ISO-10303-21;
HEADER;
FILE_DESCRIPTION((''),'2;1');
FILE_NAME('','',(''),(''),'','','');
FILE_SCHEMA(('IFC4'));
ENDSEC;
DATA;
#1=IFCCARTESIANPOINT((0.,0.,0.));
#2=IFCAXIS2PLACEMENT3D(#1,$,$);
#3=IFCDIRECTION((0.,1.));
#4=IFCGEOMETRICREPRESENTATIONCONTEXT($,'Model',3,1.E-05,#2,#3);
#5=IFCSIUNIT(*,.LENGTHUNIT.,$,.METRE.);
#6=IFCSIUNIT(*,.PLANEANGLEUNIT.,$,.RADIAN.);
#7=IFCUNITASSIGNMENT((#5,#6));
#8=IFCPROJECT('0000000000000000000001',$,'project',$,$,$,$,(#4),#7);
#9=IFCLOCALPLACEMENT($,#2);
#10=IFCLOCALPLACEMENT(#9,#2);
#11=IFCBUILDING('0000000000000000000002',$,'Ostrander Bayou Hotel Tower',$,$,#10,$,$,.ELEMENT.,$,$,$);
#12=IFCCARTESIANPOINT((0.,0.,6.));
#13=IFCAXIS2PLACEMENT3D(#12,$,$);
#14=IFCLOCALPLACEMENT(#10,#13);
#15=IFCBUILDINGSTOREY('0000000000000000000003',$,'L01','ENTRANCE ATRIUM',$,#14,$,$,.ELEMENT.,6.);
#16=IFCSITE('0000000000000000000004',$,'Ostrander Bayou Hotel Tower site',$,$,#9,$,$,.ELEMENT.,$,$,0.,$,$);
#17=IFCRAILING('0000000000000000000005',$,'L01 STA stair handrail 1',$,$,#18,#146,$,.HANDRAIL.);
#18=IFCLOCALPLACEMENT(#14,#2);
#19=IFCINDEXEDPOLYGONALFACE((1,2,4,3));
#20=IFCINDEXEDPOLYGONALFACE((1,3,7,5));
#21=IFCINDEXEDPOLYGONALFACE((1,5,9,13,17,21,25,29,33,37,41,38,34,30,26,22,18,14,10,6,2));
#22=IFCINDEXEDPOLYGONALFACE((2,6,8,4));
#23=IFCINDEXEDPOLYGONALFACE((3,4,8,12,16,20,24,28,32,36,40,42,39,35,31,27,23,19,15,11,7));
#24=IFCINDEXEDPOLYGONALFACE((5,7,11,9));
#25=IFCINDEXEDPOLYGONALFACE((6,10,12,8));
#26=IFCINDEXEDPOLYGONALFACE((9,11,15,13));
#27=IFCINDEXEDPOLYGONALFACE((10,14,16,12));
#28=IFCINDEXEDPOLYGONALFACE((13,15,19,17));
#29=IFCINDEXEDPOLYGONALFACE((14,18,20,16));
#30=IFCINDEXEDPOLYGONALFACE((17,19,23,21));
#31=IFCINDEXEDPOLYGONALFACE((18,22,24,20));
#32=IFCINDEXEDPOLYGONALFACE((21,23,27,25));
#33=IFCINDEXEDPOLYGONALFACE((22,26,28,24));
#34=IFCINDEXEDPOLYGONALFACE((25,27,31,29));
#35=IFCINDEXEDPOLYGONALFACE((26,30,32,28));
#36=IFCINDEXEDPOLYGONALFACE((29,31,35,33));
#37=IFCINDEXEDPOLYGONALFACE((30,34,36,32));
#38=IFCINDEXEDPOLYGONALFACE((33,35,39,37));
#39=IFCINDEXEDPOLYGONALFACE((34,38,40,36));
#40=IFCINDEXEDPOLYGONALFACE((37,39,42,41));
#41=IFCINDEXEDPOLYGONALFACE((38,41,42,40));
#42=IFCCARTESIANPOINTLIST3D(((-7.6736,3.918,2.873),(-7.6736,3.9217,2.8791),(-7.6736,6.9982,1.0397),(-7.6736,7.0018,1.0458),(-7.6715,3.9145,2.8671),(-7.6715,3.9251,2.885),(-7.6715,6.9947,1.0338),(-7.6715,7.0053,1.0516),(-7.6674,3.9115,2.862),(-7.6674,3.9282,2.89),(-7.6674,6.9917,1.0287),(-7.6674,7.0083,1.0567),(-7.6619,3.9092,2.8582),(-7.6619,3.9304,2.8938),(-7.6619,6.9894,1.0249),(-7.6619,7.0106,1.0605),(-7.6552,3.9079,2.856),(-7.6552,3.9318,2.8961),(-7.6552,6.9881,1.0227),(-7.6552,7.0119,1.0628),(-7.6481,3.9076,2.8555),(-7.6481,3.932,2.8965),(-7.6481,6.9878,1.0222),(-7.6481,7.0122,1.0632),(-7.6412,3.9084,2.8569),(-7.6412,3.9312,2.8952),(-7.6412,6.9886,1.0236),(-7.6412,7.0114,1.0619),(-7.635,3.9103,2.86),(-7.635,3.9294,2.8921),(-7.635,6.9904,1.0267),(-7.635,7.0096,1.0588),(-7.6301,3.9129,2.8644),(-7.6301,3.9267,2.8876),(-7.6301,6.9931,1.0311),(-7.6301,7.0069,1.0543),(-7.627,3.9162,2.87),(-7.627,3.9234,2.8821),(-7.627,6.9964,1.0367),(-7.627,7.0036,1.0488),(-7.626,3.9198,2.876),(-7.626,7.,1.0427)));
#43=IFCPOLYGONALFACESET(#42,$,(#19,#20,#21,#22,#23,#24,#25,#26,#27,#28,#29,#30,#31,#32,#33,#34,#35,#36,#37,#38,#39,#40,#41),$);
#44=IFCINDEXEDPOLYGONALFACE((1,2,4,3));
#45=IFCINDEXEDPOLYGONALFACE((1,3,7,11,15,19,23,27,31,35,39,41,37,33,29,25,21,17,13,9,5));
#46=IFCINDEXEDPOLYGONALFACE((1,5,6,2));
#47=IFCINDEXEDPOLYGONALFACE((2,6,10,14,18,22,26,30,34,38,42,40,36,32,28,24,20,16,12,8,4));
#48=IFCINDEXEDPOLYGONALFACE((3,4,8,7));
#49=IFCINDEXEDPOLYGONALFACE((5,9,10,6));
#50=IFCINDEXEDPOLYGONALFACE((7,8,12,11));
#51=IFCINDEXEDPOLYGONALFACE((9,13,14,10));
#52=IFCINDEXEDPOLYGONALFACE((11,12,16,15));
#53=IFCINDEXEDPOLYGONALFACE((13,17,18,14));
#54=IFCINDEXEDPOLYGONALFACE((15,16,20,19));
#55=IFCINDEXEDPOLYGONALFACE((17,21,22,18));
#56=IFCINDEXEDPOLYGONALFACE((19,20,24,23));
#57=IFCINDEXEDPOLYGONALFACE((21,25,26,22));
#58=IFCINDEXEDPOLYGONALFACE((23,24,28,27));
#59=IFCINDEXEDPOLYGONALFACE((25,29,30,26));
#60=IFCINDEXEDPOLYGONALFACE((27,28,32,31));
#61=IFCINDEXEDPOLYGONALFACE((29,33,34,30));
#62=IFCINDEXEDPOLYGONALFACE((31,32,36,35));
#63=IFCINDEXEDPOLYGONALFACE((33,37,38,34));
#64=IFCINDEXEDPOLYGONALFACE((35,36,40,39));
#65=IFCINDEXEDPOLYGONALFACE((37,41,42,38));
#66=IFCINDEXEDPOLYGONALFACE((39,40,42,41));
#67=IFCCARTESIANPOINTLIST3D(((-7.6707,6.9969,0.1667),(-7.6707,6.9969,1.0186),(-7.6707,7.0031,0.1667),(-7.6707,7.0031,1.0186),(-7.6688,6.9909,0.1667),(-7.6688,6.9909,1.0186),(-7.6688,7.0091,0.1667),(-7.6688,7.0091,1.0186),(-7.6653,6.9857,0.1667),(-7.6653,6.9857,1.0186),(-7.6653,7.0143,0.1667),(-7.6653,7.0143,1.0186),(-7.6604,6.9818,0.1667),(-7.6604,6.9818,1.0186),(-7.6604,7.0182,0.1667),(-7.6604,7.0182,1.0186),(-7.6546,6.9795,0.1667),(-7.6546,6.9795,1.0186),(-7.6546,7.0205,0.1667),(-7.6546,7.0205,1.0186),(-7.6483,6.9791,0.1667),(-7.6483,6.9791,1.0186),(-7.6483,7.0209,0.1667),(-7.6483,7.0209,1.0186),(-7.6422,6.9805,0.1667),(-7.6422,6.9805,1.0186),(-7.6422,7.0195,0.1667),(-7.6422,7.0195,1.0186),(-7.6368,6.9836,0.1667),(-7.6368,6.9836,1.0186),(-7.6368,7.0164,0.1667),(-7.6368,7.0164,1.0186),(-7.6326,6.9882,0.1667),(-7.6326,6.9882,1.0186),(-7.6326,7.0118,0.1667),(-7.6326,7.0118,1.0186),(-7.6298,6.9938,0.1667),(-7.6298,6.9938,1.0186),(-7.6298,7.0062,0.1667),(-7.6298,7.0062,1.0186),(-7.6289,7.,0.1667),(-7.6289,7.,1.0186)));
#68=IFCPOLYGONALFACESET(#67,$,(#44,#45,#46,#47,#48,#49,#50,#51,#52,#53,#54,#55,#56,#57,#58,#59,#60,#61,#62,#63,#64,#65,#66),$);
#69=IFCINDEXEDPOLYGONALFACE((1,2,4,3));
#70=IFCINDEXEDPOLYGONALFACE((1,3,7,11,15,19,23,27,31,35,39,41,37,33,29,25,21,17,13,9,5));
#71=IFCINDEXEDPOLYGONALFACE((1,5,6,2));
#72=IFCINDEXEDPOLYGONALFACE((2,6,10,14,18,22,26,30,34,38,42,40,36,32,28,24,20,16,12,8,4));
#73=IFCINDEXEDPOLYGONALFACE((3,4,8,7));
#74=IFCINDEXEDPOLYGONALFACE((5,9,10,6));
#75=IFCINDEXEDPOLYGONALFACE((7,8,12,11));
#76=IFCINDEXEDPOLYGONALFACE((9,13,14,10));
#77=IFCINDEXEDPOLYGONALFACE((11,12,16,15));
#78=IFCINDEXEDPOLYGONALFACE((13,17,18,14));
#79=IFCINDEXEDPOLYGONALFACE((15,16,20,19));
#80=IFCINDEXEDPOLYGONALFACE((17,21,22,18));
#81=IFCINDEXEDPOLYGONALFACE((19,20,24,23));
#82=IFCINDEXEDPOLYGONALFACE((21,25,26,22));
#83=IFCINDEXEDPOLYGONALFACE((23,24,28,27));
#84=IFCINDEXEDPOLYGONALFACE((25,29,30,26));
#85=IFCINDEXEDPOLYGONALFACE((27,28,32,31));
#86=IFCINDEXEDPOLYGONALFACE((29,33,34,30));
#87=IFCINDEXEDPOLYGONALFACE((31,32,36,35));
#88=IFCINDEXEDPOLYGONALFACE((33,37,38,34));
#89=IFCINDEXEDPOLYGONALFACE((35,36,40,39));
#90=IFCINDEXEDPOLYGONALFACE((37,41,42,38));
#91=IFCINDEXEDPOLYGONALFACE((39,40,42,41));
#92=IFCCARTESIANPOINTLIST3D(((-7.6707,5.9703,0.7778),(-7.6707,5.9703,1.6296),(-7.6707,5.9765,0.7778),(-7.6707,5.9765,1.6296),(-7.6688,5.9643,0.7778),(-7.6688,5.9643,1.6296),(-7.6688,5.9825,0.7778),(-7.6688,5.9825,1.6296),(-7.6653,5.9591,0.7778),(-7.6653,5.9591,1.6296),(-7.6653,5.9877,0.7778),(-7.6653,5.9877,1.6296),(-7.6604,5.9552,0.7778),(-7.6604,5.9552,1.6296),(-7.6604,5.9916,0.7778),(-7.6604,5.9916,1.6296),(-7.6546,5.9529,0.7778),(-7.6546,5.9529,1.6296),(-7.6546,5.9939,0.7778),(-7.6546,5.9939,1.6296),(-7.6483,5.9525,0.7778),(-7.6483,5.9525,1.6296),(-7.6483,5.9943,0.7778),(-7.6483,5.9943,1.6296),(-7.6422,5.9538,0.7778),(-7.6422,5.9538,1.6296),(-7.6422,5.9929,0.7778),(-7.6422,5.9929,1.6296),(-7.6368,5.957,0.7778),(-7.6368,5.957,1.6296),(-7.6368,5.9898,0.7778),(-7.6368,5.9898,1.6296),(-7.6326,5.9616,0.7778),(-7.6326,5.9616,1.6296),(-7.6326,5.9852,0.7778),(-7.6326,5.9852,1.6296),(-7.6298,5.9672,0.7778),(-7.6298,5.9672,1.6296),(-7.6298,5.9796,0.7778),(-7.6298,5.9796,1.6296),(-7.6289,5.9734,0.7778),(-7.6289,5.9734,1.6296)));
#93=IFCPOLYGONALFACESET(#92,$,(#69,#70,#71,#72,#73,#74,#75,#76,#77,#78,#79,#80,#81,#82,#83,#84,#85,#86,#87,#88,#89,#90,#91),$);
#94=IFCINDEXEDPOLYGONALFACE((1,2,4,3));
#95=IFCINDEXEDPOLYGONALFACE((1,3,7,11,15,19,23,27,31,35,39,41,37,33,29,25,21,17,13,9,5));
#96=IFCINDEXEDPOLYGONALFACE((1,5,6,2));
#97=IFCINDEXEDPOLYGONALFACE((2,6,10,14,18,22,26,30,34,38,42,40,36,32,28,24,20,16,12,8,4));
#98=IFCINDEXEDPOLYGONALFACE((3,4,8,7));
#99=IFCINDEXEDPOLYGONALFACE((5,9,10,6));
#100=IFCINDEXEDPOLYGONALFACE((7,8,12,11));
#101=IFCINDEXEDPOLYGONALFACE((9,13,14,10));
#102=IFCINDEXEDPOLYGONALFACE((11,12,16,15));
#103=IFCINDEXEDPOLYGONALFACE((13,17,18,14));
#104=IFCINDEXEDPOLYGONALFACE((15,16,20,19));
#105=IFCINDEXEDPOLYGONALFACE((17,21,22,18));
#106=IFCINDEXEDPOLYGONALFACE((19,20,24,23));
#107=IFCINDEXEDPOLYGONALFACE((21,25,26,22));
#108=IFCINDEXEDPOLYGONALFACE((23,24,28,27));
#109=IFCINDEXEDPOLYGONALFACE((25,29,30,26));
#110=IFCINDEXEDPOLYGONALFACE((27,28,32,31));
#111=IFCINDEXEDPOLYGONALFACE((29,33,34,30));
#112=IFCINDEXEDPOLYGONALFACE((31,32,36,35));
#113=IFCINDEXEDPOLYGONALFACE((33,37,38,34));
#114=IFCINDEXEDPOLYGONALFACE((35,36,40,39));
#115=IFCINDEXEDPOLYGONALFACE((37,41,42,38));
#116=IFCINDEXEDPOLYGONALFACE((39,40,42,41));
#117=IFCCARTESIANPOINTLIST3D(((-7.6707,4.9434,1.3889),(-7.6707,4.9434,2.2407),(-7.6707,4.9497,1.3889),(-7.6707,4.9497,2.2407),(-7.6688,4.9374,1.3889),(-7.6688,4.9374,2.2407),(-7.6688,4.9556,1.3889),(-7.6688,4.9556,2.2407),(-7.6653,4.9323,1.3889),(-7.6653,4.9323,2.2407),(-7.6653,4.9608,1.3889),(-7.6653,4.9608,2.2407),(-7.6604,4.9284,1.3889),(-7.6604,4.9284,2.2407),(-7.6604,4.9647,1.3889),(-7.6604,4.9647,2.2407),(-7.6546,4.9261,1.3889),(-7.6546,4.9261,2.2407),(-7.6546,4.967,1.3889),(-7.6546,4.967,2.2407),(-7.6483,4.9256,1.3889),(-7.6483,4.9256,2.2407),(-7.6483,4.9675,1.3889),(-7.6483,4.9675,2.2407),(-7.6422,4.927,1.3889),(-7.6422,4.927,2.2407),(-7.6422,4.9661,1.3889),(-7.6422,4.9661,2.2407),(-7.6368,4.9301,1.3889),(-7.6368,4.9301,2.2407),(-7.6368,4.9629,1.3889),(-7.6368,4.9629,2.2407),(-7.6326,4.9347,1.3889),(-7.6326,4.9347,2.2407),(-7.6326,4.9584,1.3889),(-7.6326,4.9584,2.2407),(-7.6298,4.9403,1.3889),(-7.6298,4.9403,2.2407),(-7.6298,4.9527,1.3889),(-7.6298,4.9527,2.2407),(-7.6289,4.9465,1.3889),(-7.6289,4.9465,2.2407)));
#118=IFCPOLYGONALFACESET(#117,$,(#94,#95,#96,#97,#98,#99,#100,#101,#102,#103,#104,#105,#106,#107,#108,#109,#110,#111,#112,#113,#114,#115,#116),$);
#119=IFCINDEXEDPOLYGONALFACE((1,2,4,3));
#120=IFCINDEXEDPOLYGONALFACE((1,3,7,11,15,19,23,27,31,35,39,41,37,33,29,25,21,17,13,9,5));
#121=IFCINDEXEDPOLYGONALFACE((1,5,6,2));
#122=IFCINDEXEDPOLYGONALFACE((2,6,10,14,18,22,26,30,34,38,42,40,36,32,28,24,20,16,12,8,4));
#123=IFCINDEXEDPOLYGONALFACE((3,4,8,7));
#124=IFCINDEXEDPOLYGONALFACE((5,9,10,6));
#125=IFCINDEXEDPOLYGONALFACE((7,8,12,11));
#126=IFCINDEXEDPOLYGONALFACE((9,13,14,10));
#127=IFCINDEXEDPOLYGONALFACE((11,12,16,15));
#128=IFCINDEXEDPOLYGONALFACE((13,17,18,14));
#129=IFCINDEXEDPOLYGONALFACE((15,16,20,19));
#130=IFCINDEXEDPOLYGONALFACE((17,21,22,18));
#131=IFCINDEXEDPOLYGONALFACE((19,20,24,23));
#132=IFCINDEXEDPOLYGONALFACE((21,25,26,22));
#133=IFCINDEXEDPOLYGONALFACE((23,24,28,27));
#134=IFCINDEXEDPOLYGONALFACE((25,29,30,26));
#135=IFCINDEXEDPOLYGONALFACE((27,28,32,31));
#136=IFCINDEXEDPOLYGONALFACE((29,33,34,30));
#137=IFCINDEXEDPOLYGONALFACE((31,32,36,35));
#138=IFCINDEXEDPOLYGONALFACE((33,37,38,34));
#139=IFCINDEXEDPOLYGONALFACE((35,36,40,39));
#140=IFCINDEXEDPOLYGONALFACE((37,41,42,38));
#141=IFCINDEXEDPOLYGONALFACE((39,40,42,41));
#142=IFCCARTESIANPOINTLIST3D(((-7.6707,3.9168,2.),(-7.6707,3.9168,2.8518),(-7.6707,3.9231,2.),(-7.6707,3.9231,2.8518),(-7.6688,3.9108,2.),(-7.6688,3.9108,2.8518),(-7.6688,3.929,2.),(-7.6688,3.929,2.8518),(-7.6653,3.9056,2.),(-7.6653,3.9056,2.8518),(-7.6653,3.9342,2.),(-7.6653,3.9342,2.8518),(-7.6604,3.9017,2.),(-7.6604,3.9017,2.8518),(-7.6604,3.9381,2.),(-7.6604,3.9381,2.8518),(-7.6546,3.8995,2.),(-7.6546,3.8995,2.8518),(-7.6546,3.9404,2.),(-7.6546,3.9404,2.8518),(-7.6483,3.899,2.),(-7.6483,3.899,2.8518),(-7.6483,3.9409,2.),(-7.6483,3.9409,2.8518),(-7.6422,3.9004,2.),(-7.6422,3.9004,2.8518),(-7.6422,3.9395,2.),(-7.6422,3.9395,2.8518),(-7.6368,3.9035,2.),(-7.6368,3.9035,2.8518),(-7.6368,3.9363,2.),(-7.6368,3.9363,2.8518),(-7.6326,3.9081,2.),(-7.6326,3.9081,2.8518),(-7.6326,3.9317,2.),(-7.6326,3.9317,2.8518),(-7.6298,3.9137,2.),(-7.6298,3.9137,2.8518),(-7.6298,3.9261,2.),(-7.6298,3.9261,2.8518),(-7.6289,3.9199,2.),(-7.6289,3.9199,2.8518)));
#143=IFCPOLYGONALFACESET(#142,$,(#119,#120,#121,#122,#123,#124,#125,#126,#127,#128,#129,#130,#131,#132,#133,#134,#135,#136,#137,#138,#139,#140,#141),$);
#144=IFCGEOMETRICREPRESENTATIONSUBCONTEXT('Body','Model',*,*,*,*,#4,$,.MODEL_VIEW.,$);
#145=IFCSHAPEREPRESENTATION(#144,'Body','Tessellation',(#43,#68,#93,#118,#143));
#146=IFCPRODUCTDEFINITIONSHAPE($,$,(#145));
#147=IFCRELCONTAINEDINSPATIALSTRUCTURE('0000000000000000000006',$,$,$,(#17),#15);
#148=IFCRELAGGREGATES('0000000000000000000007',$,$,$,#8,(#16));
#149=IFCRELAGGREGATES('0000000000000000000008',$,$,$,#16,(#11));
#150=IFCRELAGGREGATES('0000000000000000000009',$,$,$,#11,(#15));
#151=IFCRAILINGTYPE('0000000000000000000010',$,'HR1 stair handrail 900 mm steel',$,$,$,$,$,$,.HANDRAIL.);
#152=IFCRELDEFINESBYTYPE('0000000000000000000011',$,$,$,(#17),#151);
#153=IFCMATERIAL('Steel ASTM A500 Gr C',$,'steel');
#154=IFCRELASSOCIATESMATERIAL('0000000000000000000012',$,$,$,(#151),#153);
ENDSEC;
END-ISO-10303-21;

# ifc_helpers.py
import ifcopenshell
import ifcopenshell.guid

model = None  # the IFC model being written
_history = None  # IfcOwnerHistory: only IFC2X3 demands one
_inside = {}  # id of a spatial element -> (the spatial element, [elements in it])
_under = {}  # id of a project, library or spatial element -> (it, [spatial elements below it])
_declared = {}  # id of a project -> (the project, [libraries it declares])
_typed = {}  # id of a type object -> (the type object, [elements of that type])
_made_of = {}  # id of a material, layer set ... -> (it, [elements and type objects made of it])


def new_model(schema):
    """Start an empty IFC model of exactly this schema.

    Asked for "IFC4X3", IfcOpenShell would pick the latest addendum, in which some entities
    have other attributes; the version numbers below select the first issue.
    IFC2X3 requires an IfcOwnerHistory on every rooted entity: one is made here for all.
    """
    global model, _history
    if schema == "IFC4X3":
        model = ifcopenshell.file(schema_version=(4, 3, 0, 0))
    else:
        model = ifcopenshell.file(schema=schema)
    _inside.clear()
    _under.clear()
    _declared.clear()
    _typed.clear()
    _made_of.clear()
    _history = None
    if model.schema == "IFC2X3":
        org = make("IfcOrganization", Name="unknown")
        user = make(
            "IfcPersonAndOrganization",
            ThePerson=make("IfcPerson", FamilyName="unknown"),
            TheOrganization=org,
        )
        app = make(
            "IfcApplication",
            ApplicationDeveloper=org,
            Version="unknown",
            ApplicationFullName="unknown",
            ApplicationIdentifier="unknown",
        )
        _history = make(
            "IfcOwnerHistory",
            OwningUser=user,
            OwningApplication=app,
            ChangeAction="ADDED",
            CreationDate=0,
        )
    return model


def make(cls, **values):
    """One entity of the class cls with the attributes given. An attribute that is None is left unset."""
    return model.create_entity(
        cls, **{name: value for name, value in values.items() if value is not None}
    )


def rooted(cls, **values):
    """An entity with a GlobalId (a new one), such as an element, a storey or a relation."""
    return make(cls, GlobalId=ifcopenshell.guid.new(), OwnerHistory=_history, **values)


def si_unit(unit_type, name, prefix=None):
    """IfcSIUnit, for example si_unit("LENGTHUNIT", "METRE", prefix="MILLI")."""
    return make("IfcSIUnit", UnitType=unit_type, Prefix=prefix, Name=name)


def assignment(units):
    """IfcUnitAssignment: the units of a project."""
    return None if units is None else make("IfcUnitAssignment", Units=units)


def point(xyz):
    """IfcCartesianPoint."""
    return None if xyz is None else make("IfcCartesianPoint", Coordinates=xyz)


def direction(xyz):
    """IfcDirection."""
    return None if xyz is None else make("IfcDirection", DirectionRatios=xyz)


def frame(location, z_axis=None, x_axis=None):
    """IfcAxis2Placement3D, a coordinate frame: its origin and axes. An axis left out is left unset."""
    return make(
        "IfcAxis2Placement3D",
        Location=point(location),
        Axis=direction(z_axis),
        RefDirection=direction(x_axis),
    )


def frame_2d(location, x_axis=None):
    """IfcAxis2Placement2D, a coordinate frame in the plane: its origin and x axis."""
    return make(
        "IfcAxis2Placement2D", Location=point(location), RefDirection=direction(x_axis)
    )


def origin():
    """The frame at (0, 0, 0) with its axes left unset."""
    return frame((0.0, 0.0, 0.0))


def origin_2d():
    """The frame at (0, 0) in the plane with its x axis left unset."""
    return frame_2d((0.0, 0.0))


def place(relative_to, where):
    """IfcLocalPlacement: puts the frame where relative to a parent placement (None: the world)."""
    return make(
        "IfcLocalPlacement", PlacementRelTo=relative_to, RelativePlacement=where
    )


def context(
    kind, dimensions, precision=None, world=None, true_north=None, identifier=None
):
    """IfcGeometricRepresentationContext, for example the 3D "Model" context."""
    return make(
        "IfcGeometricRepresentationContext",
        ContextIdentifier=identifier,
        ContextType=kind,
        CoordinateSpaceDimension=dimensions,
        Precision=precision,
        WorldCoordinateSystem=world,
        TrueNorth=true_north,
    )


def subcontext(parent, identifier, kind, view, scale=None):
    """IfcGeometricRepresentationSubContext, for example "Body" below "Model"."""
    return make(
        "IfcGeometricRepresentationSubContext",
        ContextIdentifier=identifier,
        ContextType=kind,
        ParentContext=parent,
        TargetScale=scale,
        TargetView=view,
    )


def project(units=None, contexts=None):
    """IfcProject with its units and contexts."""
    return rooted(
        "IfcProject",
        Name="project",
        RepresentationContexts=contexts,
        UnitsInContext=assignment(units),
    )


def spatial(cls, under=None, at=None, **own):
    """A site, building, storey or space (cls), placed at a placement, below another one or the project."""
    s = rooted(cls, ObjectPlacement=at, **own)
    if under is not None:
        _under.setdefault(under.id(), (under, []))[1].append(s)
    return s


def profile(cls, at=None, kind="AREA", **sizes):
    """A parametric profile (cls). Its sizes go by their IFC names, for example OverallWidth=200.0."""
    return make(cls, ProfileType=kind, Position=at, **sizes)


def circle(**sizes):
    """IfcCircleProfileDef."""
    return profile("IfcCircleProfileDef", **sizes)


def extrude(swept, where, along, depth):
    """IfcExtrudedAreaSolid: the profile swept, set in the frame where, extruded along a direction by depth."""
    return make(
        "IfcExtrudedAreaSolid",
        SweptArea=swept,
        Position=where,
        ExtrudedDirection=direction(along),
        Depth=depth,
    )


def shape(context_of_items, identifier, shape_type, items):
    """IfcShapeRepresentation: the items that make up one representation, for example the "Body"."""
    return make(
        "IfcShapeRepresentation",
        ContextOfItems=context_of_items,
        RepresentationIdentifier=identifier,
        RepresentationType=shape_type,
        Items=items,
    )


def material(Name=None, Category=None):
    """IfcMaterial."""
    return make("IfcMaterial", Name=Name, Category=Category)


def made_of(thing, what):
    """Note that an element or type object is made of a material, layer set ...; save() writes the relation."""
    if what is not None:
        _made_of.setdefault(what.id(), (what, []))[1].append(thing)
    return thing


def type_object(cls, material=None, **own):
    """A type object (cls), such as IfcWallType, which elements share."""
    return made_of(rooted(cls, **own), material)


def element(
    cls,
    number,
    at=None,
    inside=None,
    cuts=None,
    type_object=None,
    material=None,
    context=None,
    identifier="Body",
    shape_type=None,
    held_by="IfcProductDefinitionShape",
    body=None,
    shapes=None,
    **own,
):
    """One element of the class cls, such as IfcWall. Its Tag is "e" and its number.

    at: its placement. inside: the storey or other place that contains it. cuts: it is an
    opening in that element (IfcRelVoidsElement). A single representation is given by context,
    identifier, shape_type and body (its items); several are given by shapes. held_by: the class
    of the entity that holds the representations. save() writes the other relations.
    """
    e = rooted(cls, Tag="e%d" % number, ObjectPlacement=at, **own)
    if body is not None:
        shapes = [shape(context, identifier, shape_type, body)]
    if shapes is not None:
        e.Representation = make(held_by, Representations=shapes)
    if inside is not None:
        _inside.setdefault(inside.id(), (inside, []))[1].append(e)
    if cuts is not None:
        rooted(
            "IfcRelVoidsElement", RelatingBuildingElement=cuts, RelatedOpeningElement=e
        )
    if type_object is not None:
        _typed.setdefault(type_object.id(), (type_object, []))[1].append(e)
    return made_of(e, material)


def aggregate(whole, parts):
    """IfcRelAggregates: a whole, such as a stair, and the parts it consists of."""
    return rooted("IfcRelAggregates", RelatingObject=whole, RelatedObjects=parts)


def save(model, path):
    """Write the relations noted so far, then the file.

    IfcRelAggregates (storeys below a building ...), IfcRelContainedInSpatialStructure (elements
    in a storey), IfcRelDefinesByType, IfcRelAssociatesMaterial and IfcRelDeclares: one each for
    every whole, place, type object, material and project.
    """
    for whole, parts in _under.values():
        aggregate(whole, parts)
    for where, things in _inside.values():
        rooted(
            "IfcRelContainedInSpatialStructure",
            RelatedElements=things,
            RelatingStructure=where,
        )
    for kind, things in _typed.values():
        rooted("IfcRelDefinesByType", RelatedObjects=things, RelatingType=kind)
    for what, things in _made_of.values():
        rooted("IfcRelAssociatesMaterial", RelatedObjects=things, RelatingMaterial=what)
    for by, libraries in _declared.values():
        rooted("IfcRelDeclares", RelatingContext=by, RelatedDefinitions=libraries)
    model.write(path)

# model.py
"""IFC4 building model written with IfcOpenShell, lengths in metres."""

from ifc_helpers import new_model, si_unit, direction, frame, origin, origin_2d, place, context, subcontext, project, spatial, circle, extrude, material, type_object, element, save


model = new_model("IFC4")

# Units and contexts
model_context = context("Model", 3, precision=1e-05, world=origin(), true_north=direction((0.0, 1.0)))
body_context = subcontext(model_context, "Body", "Model", "MODEL_VIEW")
ifc_project = project(units=[si_unit("LENGTHUNIT", "METRE"), si_unit("PLANEANGLEUNIT", "RADIAN")], contexts=[model_context])

# Site, building, storey
site_placement = place(None, origin())
site = spatial("IfcSite", under=ifc_project, at=site_placement, Name="Ostrander Bayou Hotel Tower site", CompositionType="ELEMENT", RefElevation=0.0)
building_placement = place(site_placement, origin())
building = spatial("IfcBuilding", under=site, at=building_placement, Name="Ostrander Bayou Hotel Tower", CompositionType="ELEMENT")
storey_placement = place(building_placement, frame((0.0, 0.0, 6.0)))
storey = spatial("IfcBuildingStorey", under=building, at=storey_placement, Name="L01", Description="ENTRANCE ATRIUM", CompositionType="ELEMENT", Elevation=6.0)

# Railing
ifc_material_1 = material(Name="Steel ASTM A500 Gr C", Category="steel")
railing_type_1 = type_object("IfcRailingType", Name="HR1 stair handrail 900 mm steel", PredefinedType="HANDRAIL", material=ifc_material_1)
railing_1_placement = place(storey_placement, frame((-7.6499, 7.0, 0.1667)))
element("IfcRailing", 1, at=railing_1_placement, inside=storey, type_object=railing_type_1, Name="L01 STA stair handrail 1", PredefinedType="HANDRAIL", context=body_context, shape_type="SweptSolid", body=[
    extrude(circle(Radius=0.0239, at=origin_2d()), frame((0.0, 0.0, 0.876), z_axis=(0.0, -0.859309, 0.511458), x_axis=(1.0, 0.0, 0.0)), (0.0, 0.0, 1.0), 3.5845),
    extrude(circle(Radius=0.021, at=origin_2d()), origin(), (0.0, 0.0, 1.0), 0.8518),
    extrude(circle(Radius=0.021, at=origin_2d()), frame((0.0, -1.0266, 0.6111)), (0.0, 0.0, 1.0), 0.8518),
    extrude(circle(Radius=0.021, at=origin_2d()), frame((0.0, -2.0535, 1.2222)), (0.0, 0.0, 1.0), 0.8518),
    extrude(circle(Radius=0.021, at=origin_2d()), frame((0.0, -3.0801, 1.8333)), (0.0, 0.0, 1.0), 0.8518),
])

save(model, "model.ifc")
